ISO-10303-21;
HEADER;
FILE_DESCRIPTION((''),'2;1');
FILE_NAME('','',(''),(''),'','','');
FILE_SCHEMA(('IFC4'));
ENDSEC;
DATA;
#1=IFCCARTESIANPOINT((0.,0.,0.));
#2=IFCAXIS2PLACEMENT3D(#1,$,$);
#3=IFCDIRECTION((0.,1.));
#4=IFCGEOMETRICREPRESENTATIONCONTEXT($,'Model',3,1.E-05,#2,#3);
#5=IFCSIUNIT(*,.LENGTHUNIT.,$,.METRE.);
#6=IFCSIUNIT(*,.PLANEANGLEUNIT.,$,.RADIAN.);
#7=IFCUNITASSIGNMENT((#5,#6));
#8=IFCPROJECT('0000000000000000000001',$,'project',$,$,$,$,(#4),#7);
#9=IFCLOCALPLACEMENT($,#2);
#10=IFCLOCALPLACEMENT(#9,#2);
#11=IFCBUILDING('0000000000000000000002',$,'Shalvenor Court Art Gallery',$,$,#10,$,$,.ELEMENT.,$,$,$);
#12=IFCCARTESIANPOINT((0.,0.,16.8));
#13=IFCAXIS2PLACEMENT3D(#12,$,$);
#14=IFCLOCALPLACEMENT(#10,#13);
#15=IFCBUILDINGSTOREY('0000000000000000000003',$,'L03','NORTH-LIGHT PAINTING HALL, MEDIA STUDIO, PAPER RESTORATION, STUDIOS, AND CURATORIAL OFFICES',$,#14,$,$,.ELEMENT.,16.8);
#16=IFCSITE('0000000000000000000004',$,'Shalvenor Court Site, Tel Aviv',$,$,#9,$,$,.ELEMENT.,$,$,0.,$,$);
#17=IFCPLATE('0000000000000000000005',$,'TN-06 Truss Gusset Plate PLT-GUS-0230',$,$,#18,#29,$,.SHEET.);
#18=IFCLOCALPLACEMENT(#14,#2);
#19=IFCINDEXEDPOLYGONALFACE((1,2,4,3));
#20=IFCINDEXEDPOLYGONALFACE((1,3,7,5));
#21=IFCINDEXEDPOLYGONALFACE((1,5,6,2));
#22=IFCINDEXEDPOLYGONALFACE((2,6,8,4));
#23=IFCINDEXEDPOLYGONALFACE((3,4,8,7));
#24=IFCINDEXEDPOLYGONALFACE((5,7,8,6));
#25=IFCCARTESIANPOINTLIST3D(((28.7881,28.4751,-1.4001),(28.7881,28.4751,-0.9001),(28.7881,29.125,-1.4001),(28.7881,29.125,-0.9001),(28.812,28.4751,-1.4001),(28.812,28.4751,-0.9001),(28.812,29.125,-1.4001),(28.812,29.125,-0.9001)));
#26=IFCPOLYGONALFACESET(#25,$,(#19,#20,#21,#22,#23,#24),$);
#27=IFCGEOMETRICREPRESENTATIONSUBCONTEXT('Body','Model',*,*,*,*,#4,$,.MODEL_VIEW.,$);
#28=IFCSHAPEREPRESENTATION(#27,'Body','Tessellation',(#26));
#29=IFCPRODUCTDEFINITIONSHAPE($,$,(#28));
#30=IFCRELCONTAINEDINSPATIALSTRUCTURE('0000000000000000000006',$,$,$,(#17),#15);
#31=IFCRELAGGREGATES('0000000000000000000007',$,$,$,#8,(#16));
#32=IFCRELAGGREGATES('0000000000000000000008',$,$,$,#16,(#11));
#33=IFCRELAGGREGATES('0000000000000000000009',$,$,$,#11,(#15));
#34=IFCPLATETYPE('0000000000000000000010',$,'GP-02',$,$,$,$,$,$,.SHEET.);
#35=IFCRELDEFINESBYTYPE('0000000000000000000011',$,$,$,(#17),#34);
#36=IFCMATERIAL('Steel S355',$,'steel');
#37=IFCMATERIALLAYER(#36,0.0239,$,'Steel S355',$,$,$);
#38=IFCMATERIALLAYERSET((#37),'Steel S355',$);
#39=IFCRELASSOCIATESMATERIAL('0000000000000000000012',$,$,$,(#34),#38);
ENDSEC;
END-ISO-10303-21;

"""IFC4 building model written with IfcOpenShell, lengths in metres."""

from ifc_helpers import new_model, si_unit, direction, frame, origin, origin_2d, place, context, subcontext, project, spatial, rectangle, extrude, material, layer, layer_set, type_object, element, save


model = new_model("IFC4")

# Units and contexts
model_context = context("Model", 3, precision=1e-05, world=origin(), true_north=direction((0.0, 1.0)))
body_context = subcontext(model_context, "Body", "Model", "MODEL_VIEW")
ifc_project = project(units=[si_unit("LENGTHUNIT", "METRE"), si_unit("PLANEANGLEUNIT", "RADIAN")], contexts=[model_context])

# Site, building, storey
site_placement = place(None, origin())
site = spatial("IfcSite", under=ifc_project, at=site_placement, Name="Shalvenor Court Site, Tel Aviv", CompositionType="ELEMENT", RefElevation=0.0)
building_placement = place(site_placement, origin())
building = spatial("IfcBuilding", under=site, at=building_placement, Name="Shalvenor Court Art Gallery", CompositionType="ELEMENT")
storey_placement = place(building_placement, frame((0.0, 0.0, 16.8)))
storey = spatial("IfcBuildingStorey", under=building, at=storey_placement, Name="L03", Description="NORTH-LIGHT PAINTING HALL, MEDIA STUDIO, PAPER RESTORATION, STUDIOS, AND CURATORIAL OFFICES", CompositionType="ELEMENT", Elevation=16.8)

# Plate
ifc_material_1 = material(Name="Steel S355", Category="steel")
ifc_layer_1 = layer(ifc_material_1, 0.0239, Name="Steel S355")
ifc_layer_set_1 = layer_set([ifc_layer_1], Name="Steel S355")
plate_type_1 = type_object("IfcPlateType", Name="GP-02", PredefinedType="SHEET", material=ifc_layer_set_1)
plate_1_placement = place(storey_placement, frame((28.8, 28.8, -1.4001), z_axis=(0.0, 0.0, 1.0), x_axis=(0.0, 1.0, 0.0)))
element("IfcPlate", 1, at=plate_1_placement, inside=storey, type_object=plate_type_1, Name="TN-06 Truss Gusset Plate PLT-GUS-0230", PredefinedType="SHEET", context=body_context, shape_type="SweptSolid", body=[
    extrude(rectangle(XDim=0.6499, YDim=0.0239, at=origin_2d()), origin(), (0.0, 0.0, 1.0), 0.5),
])

save(model, "model.ifc")
